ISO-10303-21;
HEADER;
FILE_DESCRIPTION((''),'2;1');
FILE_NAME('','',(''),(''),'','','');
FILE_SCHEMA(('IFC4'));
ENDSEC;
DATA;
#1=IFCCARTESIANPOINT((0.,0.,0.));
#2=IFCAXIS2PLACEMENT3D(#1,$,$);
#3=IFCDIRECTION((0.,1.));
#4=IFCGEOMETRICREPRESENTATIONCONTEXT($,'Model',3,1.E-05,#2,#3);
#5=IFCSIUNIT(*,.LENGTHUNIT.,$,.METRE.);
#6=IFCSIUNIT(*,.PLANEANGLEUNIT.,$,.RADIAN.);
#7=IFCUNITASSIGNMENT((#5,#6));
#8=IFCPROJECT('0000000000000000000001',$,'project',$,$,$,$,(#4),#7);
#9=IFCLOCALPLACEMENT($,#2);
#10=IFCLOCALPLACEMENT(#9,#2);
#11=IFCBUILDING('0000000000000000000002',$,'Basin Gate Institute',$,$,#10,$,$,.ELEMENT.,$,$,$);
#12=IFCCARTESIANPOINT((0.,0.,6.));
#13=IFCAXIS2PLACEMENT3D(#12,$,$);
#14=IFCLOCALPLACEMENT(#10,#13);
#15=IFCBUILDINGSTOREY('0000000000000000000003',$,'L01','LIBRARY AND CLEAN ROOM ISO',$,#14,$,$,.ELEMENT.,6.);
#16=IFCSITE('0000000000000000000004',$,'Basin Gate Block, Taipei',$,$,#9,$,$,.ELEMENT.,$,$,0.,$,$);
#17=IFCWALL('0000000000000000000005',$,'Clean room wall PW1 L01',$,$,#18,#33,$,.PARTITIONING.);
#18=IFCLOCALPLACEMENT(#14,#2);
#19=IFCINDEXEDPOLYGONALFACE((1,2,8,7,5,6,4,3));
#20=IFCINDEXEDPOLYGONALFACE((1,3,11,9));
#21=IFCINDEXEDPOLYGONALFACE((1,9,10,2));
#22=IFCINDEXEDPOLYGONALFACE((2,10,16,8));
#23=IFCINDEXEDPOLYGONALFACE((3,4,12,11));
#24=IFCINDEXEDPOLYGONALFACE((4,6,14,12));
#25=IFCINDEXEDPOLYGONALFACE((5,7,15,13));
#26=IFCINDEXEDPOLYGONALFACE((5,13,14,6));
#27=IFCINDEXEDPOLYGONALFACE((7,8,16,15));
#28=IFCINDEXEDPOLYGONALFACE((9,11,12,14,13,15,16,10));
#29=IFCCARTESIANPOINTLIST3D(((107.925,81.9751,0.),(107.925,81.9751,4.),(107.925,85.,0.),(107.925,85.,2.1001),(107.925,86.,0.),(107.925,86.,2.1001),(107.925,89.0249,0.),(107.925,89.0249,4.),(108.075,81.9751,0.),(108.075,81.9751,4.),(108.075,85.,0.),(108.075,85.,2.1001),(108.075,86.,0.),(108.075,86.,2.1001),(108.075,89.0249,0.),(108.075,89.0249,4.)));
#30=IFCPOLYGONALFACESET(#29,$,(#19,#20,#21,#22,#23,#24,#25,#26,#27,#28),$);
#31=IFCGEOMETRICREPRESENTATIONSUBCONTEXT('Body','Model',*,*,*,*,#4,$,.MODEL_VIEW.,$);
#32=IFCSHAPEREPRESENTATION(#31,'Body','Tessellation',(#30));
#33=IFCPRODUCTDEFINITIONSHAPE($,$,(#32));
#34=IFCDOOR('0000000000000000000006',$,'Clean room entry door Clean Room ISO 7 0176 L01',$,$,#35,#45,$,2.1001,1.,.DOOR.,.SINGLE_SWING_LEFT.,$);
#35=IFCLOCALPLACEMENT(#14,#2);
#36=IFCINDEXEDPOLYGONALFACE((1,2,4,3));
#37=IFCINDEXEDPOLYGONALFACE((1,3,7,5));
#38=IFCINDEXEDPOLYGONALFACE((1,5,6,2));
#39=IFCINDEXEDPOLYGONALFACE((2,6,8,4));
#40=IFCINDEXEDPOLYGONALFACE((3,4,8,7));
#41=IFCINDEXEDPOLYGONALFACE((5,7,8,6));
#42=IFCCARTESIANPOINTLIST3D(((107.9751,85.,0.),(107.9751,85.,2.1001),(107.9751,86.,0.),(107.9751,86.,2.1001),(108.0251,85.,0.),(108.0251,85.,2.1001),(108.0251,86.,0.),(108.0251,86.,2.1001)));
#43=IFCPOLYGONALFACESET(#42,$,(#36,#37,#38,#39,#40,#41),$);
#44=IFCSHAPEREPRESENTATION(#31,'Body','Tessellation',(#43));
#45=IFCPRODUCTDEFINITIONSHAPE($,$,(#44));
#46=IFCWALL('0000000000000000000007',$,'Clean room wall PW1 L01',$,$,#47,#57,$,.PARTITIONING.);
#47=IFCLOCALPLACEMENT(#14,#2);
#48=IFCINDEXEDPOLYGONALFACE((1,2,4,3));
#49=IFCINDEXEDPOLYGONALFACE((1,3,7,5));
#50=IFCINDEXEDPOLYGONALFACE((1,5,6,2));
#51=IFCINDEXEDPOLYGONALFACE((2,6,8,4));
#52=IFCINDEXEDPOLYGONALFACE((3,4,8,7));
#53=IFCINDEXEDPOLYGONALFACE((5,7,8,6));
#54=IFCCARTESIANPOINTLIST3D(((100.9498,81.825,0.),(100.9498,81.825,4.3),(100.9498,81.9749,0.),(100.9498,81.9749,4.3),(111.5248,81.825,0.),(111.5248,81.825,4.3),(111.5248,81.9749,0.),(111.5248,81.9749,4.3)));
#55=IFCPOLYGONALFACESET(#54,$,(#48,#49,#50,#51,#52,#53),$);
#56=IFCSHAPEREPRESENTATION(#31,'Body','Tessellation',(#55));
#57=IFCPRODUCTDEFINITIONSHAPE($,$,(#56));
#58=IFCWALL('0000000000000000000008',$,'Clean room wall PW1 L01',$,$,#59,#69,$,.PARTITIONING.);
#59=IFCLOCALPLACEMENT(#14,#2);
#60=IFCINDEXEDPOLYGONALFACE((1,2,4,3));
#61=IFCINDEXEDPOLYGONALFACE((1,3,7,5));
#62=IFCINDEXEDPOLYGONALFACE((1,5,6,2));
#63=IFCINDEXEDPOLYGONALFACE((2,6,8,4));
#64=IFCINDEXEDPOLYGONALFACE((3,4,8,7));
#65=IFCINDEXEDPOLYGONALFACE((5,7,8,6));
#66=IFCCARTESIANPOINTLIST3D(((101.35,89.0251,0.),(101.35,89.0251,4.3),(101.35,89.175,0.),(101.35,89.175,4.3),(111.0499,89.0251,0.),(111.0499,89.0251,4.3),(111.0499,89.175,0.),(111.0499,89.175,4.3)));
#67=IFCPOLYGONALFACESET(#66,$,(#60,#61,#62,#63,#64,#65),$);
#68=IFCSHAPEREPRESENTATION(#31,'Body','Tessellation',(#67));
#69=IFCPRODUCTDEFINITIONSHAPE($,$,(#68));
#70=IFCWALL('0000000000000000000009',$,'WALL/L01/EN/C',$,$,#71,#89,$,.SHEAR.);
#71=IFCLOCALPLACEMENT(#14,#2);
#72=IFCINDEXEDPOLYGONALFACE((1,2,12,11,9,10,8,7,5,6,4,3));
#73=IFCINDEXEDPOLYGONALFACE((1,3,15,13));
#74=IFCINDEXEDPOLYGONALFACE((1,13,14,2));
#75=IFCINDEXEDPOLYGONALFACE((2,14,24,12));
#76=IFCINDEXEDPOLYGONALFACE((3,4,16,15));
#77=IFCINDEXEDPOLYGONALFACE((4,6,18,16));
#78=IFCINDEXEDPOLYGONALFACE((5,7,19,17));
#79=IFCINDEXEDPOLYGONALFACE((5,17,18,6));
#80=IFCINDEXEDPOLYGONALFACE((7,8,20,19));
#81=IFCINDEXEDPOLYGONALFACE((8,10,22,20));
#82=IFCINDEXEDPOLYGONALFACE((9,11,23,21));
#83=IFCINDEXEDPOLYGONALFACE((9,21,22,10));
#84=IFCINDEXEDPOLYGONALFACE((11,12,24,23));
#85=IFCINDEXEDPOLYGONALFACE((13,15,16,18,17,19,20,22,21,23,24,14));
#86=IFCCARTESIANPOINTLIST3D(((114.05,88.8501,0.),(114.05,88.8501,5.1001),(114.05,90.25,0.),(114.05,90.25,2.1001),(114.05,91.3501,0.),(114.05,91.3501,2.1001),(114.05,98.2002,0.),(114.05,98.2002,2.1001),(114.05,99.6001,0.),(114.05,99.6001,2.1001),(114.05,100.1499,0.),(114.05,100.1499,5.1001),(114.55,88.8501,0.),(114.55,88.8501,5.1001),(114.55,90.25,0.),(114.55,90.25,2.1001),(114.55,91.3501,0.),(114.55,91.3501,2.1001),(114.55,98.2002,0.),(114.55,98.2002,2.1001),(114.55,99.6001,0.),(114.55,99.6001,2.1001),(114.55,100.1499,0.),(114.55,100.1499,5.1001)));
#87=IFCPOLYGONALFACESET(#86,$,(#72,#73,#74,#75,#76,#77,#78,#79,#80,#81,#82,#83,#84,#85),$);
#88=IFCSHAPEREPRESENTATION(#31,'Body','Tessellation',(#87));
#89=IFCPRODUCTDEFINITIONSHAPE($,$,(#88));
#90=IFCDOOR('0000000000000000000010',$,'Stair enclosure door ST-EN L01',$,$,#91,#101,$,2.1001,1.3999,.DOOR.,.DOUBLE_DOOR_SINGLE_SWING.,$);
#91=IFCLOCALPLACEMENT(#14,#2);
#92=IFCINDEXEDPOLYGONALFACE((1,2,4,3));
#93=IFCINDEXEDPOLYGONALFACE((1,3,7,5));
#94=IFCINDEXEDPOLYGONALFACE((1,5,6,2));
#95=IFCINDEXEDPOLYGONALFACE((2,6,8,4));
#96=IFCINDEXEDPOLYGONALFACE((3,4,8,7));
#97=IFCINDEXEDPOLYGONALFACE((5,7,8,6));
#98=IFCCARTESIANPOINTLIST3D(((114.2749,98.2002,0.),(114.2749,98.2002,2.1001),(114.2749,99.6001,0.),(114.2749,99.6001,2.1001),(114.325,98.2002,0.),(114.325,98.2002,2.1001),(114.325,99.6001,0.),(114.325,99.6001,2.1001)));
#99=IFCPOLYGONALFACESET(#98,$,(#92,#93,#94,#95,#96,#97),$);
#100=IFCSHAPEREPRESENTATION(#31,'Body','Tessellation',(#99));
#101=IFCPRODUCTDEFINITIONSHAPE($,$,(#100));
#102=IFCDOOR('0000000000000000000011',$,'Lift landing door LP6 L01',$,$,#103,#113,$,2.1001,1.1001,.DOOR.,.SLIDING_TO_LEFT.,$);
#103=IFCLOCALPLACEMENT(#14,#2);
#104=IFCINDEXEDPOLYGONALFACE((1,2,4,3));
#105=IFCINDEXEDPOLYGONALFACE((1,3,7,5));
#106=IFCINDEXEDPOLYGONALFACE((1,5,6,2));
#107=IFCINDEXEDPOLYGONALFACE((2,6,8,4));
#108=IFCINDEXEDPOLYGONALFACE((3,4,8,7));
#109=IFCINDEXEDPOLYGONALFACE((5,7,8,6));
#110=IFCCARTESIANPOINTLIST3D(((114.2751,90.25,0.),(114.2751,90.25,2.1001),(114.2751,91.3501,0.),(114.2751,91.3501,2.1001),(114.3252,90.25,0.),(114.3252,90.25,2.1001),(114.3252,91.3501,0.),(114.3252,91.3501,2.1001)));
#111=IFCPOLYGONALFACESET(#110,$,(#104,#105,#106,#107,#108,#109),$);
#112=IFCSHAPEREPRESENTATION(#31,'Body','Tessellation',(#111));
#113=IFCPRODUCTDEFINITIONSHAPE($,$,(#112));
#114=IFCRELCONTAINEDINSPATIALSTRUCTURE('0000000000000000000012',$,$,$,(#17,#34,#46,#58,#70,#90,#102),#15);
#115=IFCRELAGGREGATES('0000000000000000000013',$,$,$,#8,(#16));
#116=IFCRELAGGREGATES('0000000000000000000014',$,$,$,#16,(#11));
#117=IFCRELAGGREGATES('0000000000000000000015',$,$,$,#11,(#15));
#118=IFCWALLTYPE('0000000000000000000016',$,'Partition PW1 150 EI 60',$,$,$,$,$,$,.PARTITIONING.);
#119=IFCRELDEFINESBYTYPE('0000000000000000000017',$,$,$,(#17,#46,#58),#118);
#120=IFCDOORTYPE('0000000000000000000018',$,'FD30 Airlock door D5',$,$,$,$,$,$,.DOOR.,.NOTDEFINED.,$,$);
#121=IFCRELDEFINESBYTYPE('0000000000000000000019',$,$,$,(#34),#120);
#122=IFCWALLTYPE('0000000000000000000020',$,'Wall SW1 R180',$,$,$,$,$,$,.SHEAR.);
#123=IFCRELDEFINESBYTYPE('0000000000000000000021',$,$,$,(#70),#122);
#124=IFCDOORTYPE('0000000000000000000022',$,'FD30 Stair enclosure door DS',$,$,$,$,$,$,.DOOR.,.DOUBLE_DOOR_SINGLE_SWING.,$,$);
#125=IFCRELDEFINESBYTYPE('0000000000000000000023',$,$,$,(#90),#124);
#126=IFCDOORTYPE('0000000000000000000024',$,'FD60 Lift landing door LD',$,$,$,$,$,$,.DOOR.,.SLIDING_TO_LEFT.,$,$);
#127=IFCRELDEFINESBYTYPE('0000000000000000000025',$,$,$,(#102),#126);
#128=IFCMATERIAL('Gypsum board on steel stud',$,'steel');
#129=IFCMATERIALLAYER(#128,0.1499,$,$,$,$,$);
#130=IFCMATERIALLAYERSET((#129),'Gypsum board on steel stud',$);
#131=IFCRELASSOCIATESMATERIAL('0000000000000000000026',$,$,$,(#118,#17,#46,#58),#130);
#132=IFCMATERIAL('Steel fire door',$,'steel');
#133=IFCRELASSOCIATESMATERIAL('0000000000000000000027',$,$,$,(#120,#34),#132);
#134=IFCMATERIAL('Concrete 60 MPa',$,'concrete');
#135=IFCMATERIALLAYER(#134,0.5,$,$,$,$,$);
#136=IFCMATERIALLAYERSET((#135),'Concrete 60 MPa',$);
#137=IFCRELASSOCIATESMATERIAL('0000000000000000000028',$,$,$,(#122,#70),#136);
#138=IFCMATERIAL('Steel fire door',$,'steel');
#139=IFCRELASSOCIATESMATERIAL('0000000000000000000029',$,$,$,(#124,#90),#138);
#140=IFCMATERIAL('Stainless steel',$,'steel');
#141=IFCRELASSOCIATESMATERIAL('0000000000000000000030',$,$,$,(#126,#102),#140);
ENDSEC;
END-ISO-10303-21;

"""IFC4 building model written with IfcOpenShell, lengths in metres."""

from ifc_helpers import new_model, si_unit, direction, frame, frame_2d, origin, place, context, subcontext, project, spatial, rectangle, extrude, material, layer, layer_set, type_object, element, fill, save


model = new_model("IFC4")

# Units and contexts
model_context = context("Model", 3, precision=1e-05, world=origin(), true_north=direction((0.0, 1.0)))
body_context = subcontext(model_context, "Body", "Model", "MODEL_VIEW")
ifc_project = project(units=[si_unit("LENGTHUNIT", "METRE"), si_unit("PLANEANGLEUNIT", "RADIAN")], contexts=[model_context])

# Site, building, storey
site_placement = place(None, origin())
site = spatial("IfcSite", under=ifc_project, at=site_placement, Name="Basin Gate Block, Taipei", CompositionType="ELEMENT", RefElevation=0.0)
building_placement = place(site_placement, origin())
building = spatial("IfcBuilding", under=site, at=building_placement, Name="Basin Gate Institute", CompositionType="ELEMENT")
storey_placement = place(building_placement, frame((0.0, 0.0, 6.0)))
storey = spatial("IfcBuildingStorey", under=building, at=storey_placement, Name="L01", Description="LIBRARY AND CLEAN ROOM ISO", CompositionType="ELEMENT", Elevation=6.0)

# Wall, opening, door
ifc_material_1 = material(Name="Gypsum board on steel stud", Category="steel")
ifc_layer_1 = layer(ifc_material_1, 0.1499)
ifc_layer_set_1 = layer_set([ifc_layer_1], Name="Gypsum board on steel stud")
wall_type_1 = type_object("IfcWallType", Name="Partition PW1 150 EI 60", PredefinedType="PARTITIONING", material=ifc_layer_set_1)
wall_1_placement = place(storey_placement, frame((108.0, 81.9751, 0.0), z_axis=(0.0, 0.0, 1.0), x_axis=(0.0, 1.0, 0.0)))
wall_1 = element("IfcWall", 1, at=wall_1_placement, inside=storey, type_object=wall_type_1, material=ifc_layer_set_1, Name="Clean room wall PW1 L01", PredefinedType="PARTITIONING", context=body_context, shape_type="SweptSolid", body=[
    extrude(rectangle(XDim=7.0498, YDim=0.1499, at=frame_2d((3.5249, 0.0))), origin(), (0.0, 0.0, 1.0), 4.0),
])
opening_1_placement = place(wall_1_placement, frame((3.0249, 0.0, 0.0)))
opening_1 = element("IfcOpeningElement", 2, at=opening_1_placement, cuts=wall_1, PredefinedType="OPENING", context=body_context, shape_type="SweptSolid", body=[
    extrude(rectangle(XDim=1.0, YDim=2.1001, at=frame_2d((0.5, 1.05))), frame((0.0, 0.085, 0.0), z_axis=(0.0, -1.0, 0.0), x_axis=(1.0, 0.0, 0.0)), (0.0, 0.0, 1.0), 0.1699),
])
ifc_material_2 = material(Name="Steel fire door", Category="steel")
door_type_1 = type_object("IfcDoorType", Name="FD30 Airlock door D5", OperationType="NOTDEFINED", PredefinedType="DOOR", material=ifc_material_2)
door_1_placement = place(opening_1_placement, origin())
door_1 = element("IfcDoor", 3, at=door_1_placement, inside=storey, type_object=door_type_1, material=ifc_material_2, Name="Clean room entry door Clean Room ISO 7 0176 L01", OperationType="SINGLE_SWING_LEFT", OverallHeight=2.1001, OverallWidth=1.0, PredefinedType="DOOR", context=body_context, shape_type="SweptSolid", body=[
    extrude(rectangle(XDim=1.0, YDim=2.1001, at=frame_2d((0.5, 1.05))), frame((0.0, 0.0249, 0.0), z_axis=(0.0, -1.0, 0.0), x_axis=(1.0, 0.0, 0.0)), (0.0, 0.0, 1.0), 0.05),
])
fill(opening_1, door_1)

# Walls
wall_2_placement = place(storey_placement, frame((111.5249, 81.8999, 0.0), z_axis=(0.0, 0.0, 1.0), x_axis=(-1.0, 0.0, 0.0)))
element("IfcWall", 4, at=wall_2_placement, inside=storey, type_object=wall_type_1, material=ifc_layer_set_1, Name="Clean room wall PW1 L01", PredefinedType="PARTITIONING", context=body_context, shape_type="SweptSolid", body=[
    extrude(rectangle(XDim=10.575, YDim=0.1499, at=frame_2d((5.2876, 0.0))), origin(), (0.0, 0.0, 1.0), 4.3),
])
wall_3_placement = place(storey_placement, frame((111.05, 89.1001, 0.0), z_axis=(0.0, 0.0, 1.0), x_axis=(-1.0, 0.0, 0.0)))
element("IfcWall", 5, at=wall_3_placement, inside=storey, type_object=wall_type_1, material=ifc_layer_set_1, Name="Clean room wall PW1 L01", PredefinedType="PARTITIONING", context=body_context, shape_type="SweptSolid", body=[
    extrude(rectangle(XDim=9.7, YDim=0.1499, at=frame_2d((4.8501, 0.0))), origin(), (0.0, 0.0, 1.0), 4.3),
])

# Wall, openings, doors
ifc_material_3 = material(Name="Concrete 60 MPa", Category="concrete")
ifc_layer_2 = layer(ifc_material_3, 0.5)
ifc_layer_set_2 = layer_set([ifc_layer_2], Name="Concrete 60 MPa")
wall_type_2 = type_object("IfcWallType", Name="Wall SW1 R180", PredefinedType="SHEAR", material=ifc_layer_set_2)
wall_4_placement = place(storey_placement, frame((114.3, 88.8501, 0.0), z_axis=(0.0, 0.0, 1.0), x_axis=(0.0, 1.0, 0.0)))
wall_4 = element("IfcWall", 6, at=wall_4_placement, inside=storey, type_object=wall_type_2, material=ifc_layer_set_2, Name="WALL/L01/EN/C", PredefinedType="SHEAR", context=body_context, shape_type="SweptSolid", body=[
    extrude(rectangle(XDim=11.2998, YDim=0.5, at=frame_2d((5.6499, 0.0))), origin(), (0.0, 0.0, 1.0), 5.1001),
])
opening_2_placement = place(wall_4_placement, frame((9.3501, 0.0, 0.0)))
opening_2 = element("IfcOpeningElement", 7, at=opening_2_placement, cuts=wall_4, PredefinedType="OPENING", context=body_context, shape_type="SweptSolid", body=[
    extrude(rectangle(XDim=1.3999, YDim=2.1001, at=frame_2d((0.7, 1.05))), frame((0.0, 0.26, 0.0), z_axis=(0.0, -1.0, 0.0), x_axis=(1.0, 0.0, 0.0)), (0.0, 0.0, 1.0), 0.52),
])
opening_3_placement = place(wall_4_placement, frame((1.3999, 0.0, 0.0)))
opening_3 = element("IfcOpeningElement", 8, at=opening_3_placement, cuts=wall_4, PredefinedType="OPENING", context=body_context, shape_type="SweptSolid", body=[
    extrude(rectangle(XDim=1.1001, YDim=2.1001, at=frame_2d((0.55, 1.05))), frame((0.0, 0.26, 0.0), z_axis=(0.0, -1.0, 0.0), x_axis=(1.0, 0.0, 0.0)), (0.0, 0.0, 1.0), 0.52),
])
ifc_material_4 = material(Name="Steel fire door", Category="steel")
door_type_2 = type_object("IfcDoorType", Name="FD30 Stair enclosure door DS", OperationType="DOUBLE_DOOR_SINGLE_SWING", PredefinedType="DOOR", material=ifc_material_4)
door_2_placement = place(opening_2_placement, frame((1.3999, 0.0, 0.0), z_axis=(0.0, 0.0, 1.0), x_axis=(-1.0, 0.0, 0.0)))
door_2 = element("IfcDoor", 9, at=door_2_placement, inside=storey, type_object=door_type_2, material=ifc_material_4, Name="Stair enclosure door ST-EN L01", OperationType="DOUBLE_DOOR_SINGLE_SWING", OverallHeight=2.1001, OverallWidth=1.3999, PredefinedType="DOOR", context=body_context, shape_type="SweptSolid", body=[
    extrude(rectangle(XDim=1.3999, YDim=2.1001, at=frame_2d((0.7, 1.05))), frame((0.0, 0.0249, 0.0), z_axis=(0.0, -1.0, 0.0), x_axis=(1.0, 0.0, 0.0)), (0.0, 0.0, 1.0), 0.05),
])
fill(opening_2, door_2)
ifc_material_5 = material(Name="Stainless steel", Category="steel")
door_type_3 = type_object("IfcDoorType", Name="FD60 Lift landing door LD", OperationType="SLIDING_TO_LEFT", PredefinedType="DOOR", material=ifc_material_5)
door_3_placement = place(opening_3_placement, origin())
door_3 = element("IfcDoor", 10, at=door_3_placement, inside=storey, type_object=door_type_3, material=ifc_material_5, Name="Lift landing door LP6 L01", OperationType="SLIDING_TO_LEFT", OverallHeight=2.1001, OverallWidth=1.1001, PredefinedType="DOOR", context=body_context, shape_type="SweptSolid", body=[
    extrude(rectangle(XDim=1.1001, YDim=2.1001, at=frame_2d((0.55, 1.05))), frame((0.0, 0.0249, 0.0), z_axis=(0.0, -1.0, 0.0), x_axis=(1.0, 0.0, 0.0)), (0.0, 0.0, 1.0), 0.05),
])
fill(opening_3, door_3)

save(model, "model.ifc")
